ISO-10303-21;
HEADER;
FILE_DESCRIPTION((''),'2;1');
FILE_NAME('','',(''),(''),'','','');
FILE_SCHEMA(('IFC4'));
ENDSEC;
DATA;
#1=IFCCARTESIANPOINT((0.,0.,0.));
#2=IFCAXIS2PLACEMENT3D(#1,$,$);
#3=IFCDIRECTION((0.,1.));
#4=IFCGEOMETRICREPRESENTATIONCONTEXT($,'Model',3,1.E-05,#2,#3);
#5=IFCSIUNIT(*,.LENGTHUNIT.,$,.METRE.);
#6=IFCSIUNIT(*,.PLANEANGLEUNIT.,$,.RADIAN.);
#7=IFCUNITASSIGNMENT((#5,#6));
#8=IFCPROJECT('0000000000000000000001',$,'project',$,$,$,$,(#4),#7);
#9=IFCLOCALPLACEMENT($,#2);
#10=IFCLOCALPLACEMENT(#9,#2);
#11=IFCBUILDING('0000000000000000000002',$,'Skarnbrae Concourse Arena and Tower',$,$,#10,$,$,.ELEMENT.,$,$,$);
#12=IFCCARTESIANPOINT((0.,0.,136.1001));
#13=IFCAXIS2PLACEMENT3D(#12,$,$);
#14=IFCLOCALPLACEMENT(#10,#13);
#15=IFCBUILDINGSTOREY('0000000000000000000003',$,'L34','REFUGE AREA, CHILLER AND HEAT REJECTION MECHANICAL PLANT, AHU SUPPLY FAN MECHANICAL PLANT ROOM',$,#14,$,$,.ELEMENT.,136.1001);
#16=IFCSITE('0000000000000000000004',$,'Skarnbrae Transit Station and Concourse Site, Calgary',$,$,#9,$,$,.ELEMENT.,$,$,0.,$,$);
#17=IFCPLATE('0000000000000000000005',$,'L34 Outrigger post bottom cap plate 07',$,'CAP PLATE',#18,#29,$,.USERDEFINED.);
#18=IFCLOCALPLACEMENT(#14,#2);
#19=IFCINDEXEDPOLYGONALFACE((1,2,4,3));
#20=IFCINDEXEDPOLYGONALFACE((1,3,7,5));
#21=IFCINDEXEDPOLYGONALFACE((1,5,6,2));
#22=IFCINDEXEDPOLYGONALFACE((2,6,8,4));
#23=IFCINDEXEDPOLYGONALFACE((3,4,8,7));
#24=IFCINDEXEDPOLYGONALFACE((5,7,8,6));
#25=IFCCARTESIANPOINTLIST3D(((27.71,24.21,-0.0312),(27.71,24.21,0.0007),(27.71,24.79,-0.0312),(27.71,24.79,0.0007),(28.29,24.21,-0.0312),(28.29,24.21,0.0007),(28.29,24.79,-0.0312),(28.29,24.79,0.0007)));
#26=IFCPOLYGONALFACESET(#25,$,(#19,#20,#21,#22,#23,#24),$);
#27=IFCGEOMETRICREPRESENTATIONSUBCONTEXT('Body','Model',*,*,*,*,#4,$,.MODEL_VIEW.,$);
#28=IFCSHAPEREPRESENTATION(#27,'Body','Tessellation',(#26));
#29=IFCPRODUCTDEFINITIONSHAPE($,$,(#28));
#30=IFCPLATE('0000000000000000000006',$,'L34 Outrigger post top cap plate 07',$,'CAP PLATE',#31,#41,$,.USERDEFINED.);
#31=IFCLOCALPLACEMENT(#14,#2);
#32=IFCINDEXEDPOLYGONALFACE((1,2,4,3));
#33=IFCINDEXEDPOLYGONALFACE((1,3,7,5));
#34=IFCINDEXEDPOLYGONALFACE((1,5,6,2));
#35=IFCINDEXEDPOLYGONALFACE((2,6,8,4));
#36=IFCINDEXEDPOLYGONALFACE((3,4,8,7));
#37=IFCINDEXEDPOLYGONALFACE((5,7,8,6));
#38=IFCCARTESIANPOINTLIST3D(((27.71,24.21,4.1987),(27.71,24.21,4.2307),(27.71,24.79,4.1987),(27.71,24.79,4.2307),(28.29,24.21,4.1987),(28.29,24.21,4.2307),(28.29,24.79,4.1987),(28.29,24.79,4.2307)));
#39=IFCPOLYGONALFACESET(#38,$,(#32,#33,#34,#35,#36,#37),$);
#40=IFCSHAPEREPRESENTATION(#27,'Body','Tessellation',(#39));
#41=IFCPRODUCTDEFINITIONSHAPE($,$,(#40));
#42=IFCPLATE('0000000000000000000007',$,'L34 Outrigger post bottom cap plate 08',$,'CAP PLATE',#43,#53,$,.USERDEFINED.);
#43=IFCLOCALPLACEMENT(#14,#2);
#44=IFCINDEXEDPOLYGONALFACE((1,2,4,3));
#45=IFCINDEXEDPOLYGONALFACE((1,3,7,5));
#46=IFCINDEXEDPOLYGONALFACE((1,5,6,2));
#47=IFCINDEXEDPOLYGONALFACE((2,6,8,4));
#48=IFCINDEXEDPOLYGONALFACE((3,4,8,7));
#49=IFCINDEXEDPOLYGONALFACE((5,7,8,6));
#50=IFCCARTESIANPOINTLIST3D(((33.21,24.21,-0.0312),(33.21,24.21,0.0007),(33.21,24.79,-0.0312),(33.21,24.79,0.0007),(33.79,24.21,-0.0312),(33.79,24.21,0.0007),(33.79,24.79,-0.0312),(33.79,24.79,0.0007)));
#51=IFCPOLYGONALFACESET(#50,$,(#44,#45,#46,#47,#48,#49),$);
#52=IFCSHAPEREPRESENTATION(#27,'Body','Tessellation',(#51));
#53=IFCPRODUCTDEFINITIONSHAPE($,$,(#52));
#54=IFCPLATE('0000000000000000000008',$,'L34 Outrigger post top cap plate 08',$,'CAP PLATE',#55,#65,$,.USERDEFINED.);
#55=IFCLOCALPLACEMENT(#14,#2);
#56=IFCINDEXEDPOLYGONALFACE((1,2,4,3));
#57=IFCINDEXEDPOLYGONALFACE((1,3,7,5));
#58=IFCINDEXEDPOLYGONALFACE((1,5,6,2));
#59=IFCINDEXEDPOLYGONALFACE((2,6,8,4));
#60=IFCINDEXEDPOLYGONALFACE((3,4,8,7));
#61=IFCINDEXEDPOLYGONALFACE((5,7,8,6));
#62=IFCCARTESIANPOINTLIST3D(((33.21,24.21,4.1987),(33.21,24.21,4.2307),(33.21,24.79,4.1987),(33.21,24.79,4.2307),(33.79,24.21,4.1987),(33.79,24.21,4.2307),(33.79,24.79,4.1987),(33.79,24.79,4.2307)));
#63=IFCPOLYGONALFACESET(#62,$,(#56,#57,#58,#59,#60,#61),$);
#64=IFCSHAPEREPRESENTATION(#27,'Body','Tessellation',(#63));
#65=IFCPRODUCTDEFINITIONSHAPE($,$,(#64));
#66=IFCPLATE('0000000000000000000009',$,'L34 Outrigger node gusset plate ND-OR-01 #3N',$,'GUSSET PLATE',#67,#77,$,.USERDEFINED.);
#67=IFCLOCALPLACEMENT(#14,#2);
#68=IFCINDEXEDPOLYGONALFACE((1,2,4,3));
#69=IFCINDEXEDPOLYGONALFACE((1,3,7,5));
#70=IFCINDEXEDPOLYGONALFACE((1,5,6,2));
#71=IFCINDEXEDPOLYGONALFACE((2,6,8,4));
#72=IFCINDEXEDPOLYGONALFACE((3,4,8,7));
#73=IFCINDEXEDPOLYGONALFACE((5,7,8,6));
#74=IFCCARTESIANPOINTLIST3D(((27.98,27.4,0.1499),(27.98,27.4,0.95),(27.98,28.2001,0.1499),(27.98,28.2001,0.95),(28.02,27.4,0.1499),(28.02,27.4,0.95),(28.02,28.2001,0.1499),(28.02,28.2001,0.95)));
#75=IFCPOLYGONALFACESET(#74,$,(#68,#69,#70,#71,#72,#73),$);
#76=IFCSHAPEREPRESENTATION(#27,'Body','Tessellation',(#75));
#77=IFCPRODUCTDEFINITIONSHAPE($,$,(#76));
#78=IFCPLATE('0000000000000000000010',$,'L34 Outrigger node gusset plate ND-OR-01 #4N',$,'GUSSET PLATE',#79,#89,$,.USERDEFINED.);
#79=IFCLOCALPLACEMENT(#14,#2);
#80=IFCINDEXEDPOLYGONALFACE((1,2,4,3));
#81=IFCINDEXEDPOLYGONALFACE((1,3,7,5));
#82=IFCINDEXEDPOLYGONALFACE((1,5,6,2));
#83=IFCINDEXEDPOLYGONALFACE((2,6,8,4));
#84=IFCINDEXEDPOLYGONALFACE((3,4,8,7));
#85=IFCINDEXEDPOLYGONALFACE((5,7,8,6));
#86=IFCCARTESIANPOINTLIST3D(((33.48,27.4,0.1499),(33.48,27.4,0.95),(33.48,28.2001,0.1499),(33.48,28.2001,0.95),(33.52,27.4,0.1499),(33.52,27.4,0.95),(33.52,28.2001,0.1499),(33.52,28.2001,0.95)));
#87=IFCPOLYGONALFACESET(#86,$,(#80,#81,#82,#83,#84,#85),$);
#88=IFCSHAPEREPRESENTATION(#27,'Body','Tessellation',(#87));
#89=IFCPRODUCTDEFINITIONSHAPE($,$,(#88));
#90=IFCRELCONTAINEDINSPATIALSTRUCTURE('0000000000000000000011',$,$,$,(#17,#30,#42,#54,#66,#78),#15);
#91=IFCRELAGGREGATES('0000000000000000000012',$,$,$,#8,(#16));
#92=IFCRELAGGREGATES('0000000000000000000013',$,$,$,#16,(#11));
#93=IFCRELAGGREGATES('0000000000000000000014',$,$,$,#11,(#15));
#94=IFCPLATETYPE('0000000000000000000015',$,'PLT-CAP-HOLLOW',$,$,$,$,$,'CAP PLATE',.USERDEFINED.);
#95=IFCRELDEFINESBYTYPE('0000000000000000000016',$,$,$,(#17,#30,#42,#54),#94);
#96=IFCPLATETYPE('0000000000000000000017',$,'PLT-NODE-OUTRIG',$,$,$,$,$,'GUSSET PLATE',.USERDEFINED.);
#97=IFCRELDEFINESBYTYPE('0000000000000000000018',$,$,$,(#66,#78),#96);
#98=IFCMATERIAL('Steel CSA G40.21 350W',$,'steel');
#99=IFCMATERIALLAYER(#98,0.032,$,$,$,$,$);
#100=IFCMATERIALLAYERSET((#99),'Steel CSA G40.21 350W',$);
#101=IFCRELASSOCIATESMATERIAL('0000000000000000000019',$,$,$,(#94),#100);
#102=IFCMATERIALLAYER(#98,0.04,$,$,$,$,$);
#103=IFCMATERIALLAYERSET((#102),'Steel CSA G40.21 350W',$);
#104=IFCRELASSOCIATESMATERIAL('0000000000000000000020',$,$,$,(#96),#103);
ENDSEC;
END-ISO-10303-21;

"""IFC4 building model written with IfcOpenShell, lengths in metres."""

from ifc_helpers import new_model, si_unit, direction, frame, origin, origin_2d, place, context, subcontext, project, spatial, rectangle, extrude, source, transform, mapped, material, layer, layer_set, type_object, element, save


model = new_model("IFC4")

# Units and contexts
model_context = context("Model", 3, precision=1e-05, world=origin(), true_north=direction((0.0, 1.0)))
body_context = subcontext(model_context, "Body", "Model", "MODEL_VIEW")
ifc_project = project(units=[si_unit("LENGTHUNIT", "METRE"), si_unit("PLANEANGLEUNIT", "RADIAN")], contexts=[model_context])

# Site, building, storey
site_placement = place(None, origin())
site = spatial("IfcSite", under=ifc_project, at=site_placement, Name="Skarnbrae Transit Station and Concourse Site, Calgary", CompositionType="ELEMENT", RefElevation=0.0)
building_placement = place(site_placement, origin())
building = spatial("IfcBuilding", under=site, at=building_placement, Name="Skarnbrae Concourse Arena and Tower", CompositionType="ELEMENT")
storey_placement = place(building_placement, frame((0.0, 0.0, 136.1001)))
storey = spatial("IfcBuildingStorey", under=building, at=storey_placement, Name="L34", Description="REFUGE AREA, CHILLER AND HEAT REJECTION MECHANICAL PLANT, AHU SUPPLY FAN MECHANICAL PLANT ROOM", CompositionType="ELEMENT", Elevation=136.1001)

# Shared definitions
ifc_material = material(Name="Steel CSA G40.21 350W", Category="steel")

# Plates
ifc_layer_1 = layer(ifc_material, 0.032)
ifc_layer_set_1 = layer_set([ifc_layer_1], Name="Steel CSA G40.21 350W")
plate_type_1 = type_object("IfcPlateType", Name="PLT-CAP-HOLLOW", ElementType="CAP PLATE", PredefinedType="USERDEFINED", material=ifc_layer_set_1)
shared_shape_1 = source(origin(), body_context, "Body", "SweptSolid", [
    extrude(rectangle(XDim=0.5801, YDim=0.5801, at=origin_2d()), origin(), (0.0, 0.0, 1.0), 0.032),
])
for number, where, z_axis, x_axis, name in (
    (1, (28.0, 24.5, -0.0312), (0.0, 0.0, 1.0), (1.0, 0.0, 0.0), "L34 Outrigger post bottom cap plate 07"),
    (2, (28.0, 24.5, 4.1987), (0.0, 0.0, 1.0), (1.0, 0.0, 0.0), "L34 Outrigger post top cap plate 07"),
    (3, (33.5, 24.5, -0.0312), (0.0, 0.0, 1.0), (1.0, 0.0, 0.0), "L34 Outrigger post bottom cap plate 08"),
    (4, (33.5, 24.5, 4.1987), (0.0, 0.0, 1.0), (1.0, 0.0, 0.0), "L34 Outrigger post top cap plate 08"),
):
    element("IfcPlate", number, at=place(storey_placement, frame(where, z_axis=z_axis, x_axis=x_axis)), inside=storey, type_object=plate_type_1, Name=name, ObjectType="CAP PLATE", PredefinedType="USERDEFINED", context=body_context, shape_type="MappedRepresentation", body=[
        mapped(shared_shape_1, transform((0.0, 0.0, 0.0))),
    ])
ifc_layer_2 = layer(ifc_material, 0.04)
ifc_layer_set_2 = layer_set([ifc_layer_2], Name="Steel CSA G40.21 350W")
plate_type_2 = type_object("IfcPlateType", Name="PLT-NODE-OUTRIG", ElementType="GUSSET PLATE", PredefinedType="USERDEFINED", material=ifc_layer_set_2)
shared_shape_2 = source(origin(), body_context, "Body", "SweptSolid", [
    extrude(rectangle(XDim=0.8, YDim=0.04, at=origin_2d()), origin(), (0.0, 0.0, 1.0), 0.8),
])
for number, where, z_axis, x_axis, name in (
    (5, (28.0, 27.8, 0.1499), (0.0, 0.0, 1.0), (0.0, 1.0, 0.0), "L34 Outrigger node gusset plate ND-OR-01 #3N"),
    (6, (33.5, 27.8, 0.1499), (0.0, 0.0, 1.0), (0.0, 1.0, 0.0), "L34 Outrigger node gusset plate ND-OR-01 #4N"),
):
    element("IfcPlate", number, at=place(storey_placement, frame(where, z_axis=z_axis, x_axis=x_axis)), inside=storey, type_object=plate_type_2, Name=name, ObjectType="GUSSET PLATE", PredefinedType="USERDEFINED", context=body_context, shape_type="MappedRepresentation", body=[
        mapped(shared_shape_2, transform((0.0, 0.0, 0.0))),
    ])

save(model, "model.ifc")
